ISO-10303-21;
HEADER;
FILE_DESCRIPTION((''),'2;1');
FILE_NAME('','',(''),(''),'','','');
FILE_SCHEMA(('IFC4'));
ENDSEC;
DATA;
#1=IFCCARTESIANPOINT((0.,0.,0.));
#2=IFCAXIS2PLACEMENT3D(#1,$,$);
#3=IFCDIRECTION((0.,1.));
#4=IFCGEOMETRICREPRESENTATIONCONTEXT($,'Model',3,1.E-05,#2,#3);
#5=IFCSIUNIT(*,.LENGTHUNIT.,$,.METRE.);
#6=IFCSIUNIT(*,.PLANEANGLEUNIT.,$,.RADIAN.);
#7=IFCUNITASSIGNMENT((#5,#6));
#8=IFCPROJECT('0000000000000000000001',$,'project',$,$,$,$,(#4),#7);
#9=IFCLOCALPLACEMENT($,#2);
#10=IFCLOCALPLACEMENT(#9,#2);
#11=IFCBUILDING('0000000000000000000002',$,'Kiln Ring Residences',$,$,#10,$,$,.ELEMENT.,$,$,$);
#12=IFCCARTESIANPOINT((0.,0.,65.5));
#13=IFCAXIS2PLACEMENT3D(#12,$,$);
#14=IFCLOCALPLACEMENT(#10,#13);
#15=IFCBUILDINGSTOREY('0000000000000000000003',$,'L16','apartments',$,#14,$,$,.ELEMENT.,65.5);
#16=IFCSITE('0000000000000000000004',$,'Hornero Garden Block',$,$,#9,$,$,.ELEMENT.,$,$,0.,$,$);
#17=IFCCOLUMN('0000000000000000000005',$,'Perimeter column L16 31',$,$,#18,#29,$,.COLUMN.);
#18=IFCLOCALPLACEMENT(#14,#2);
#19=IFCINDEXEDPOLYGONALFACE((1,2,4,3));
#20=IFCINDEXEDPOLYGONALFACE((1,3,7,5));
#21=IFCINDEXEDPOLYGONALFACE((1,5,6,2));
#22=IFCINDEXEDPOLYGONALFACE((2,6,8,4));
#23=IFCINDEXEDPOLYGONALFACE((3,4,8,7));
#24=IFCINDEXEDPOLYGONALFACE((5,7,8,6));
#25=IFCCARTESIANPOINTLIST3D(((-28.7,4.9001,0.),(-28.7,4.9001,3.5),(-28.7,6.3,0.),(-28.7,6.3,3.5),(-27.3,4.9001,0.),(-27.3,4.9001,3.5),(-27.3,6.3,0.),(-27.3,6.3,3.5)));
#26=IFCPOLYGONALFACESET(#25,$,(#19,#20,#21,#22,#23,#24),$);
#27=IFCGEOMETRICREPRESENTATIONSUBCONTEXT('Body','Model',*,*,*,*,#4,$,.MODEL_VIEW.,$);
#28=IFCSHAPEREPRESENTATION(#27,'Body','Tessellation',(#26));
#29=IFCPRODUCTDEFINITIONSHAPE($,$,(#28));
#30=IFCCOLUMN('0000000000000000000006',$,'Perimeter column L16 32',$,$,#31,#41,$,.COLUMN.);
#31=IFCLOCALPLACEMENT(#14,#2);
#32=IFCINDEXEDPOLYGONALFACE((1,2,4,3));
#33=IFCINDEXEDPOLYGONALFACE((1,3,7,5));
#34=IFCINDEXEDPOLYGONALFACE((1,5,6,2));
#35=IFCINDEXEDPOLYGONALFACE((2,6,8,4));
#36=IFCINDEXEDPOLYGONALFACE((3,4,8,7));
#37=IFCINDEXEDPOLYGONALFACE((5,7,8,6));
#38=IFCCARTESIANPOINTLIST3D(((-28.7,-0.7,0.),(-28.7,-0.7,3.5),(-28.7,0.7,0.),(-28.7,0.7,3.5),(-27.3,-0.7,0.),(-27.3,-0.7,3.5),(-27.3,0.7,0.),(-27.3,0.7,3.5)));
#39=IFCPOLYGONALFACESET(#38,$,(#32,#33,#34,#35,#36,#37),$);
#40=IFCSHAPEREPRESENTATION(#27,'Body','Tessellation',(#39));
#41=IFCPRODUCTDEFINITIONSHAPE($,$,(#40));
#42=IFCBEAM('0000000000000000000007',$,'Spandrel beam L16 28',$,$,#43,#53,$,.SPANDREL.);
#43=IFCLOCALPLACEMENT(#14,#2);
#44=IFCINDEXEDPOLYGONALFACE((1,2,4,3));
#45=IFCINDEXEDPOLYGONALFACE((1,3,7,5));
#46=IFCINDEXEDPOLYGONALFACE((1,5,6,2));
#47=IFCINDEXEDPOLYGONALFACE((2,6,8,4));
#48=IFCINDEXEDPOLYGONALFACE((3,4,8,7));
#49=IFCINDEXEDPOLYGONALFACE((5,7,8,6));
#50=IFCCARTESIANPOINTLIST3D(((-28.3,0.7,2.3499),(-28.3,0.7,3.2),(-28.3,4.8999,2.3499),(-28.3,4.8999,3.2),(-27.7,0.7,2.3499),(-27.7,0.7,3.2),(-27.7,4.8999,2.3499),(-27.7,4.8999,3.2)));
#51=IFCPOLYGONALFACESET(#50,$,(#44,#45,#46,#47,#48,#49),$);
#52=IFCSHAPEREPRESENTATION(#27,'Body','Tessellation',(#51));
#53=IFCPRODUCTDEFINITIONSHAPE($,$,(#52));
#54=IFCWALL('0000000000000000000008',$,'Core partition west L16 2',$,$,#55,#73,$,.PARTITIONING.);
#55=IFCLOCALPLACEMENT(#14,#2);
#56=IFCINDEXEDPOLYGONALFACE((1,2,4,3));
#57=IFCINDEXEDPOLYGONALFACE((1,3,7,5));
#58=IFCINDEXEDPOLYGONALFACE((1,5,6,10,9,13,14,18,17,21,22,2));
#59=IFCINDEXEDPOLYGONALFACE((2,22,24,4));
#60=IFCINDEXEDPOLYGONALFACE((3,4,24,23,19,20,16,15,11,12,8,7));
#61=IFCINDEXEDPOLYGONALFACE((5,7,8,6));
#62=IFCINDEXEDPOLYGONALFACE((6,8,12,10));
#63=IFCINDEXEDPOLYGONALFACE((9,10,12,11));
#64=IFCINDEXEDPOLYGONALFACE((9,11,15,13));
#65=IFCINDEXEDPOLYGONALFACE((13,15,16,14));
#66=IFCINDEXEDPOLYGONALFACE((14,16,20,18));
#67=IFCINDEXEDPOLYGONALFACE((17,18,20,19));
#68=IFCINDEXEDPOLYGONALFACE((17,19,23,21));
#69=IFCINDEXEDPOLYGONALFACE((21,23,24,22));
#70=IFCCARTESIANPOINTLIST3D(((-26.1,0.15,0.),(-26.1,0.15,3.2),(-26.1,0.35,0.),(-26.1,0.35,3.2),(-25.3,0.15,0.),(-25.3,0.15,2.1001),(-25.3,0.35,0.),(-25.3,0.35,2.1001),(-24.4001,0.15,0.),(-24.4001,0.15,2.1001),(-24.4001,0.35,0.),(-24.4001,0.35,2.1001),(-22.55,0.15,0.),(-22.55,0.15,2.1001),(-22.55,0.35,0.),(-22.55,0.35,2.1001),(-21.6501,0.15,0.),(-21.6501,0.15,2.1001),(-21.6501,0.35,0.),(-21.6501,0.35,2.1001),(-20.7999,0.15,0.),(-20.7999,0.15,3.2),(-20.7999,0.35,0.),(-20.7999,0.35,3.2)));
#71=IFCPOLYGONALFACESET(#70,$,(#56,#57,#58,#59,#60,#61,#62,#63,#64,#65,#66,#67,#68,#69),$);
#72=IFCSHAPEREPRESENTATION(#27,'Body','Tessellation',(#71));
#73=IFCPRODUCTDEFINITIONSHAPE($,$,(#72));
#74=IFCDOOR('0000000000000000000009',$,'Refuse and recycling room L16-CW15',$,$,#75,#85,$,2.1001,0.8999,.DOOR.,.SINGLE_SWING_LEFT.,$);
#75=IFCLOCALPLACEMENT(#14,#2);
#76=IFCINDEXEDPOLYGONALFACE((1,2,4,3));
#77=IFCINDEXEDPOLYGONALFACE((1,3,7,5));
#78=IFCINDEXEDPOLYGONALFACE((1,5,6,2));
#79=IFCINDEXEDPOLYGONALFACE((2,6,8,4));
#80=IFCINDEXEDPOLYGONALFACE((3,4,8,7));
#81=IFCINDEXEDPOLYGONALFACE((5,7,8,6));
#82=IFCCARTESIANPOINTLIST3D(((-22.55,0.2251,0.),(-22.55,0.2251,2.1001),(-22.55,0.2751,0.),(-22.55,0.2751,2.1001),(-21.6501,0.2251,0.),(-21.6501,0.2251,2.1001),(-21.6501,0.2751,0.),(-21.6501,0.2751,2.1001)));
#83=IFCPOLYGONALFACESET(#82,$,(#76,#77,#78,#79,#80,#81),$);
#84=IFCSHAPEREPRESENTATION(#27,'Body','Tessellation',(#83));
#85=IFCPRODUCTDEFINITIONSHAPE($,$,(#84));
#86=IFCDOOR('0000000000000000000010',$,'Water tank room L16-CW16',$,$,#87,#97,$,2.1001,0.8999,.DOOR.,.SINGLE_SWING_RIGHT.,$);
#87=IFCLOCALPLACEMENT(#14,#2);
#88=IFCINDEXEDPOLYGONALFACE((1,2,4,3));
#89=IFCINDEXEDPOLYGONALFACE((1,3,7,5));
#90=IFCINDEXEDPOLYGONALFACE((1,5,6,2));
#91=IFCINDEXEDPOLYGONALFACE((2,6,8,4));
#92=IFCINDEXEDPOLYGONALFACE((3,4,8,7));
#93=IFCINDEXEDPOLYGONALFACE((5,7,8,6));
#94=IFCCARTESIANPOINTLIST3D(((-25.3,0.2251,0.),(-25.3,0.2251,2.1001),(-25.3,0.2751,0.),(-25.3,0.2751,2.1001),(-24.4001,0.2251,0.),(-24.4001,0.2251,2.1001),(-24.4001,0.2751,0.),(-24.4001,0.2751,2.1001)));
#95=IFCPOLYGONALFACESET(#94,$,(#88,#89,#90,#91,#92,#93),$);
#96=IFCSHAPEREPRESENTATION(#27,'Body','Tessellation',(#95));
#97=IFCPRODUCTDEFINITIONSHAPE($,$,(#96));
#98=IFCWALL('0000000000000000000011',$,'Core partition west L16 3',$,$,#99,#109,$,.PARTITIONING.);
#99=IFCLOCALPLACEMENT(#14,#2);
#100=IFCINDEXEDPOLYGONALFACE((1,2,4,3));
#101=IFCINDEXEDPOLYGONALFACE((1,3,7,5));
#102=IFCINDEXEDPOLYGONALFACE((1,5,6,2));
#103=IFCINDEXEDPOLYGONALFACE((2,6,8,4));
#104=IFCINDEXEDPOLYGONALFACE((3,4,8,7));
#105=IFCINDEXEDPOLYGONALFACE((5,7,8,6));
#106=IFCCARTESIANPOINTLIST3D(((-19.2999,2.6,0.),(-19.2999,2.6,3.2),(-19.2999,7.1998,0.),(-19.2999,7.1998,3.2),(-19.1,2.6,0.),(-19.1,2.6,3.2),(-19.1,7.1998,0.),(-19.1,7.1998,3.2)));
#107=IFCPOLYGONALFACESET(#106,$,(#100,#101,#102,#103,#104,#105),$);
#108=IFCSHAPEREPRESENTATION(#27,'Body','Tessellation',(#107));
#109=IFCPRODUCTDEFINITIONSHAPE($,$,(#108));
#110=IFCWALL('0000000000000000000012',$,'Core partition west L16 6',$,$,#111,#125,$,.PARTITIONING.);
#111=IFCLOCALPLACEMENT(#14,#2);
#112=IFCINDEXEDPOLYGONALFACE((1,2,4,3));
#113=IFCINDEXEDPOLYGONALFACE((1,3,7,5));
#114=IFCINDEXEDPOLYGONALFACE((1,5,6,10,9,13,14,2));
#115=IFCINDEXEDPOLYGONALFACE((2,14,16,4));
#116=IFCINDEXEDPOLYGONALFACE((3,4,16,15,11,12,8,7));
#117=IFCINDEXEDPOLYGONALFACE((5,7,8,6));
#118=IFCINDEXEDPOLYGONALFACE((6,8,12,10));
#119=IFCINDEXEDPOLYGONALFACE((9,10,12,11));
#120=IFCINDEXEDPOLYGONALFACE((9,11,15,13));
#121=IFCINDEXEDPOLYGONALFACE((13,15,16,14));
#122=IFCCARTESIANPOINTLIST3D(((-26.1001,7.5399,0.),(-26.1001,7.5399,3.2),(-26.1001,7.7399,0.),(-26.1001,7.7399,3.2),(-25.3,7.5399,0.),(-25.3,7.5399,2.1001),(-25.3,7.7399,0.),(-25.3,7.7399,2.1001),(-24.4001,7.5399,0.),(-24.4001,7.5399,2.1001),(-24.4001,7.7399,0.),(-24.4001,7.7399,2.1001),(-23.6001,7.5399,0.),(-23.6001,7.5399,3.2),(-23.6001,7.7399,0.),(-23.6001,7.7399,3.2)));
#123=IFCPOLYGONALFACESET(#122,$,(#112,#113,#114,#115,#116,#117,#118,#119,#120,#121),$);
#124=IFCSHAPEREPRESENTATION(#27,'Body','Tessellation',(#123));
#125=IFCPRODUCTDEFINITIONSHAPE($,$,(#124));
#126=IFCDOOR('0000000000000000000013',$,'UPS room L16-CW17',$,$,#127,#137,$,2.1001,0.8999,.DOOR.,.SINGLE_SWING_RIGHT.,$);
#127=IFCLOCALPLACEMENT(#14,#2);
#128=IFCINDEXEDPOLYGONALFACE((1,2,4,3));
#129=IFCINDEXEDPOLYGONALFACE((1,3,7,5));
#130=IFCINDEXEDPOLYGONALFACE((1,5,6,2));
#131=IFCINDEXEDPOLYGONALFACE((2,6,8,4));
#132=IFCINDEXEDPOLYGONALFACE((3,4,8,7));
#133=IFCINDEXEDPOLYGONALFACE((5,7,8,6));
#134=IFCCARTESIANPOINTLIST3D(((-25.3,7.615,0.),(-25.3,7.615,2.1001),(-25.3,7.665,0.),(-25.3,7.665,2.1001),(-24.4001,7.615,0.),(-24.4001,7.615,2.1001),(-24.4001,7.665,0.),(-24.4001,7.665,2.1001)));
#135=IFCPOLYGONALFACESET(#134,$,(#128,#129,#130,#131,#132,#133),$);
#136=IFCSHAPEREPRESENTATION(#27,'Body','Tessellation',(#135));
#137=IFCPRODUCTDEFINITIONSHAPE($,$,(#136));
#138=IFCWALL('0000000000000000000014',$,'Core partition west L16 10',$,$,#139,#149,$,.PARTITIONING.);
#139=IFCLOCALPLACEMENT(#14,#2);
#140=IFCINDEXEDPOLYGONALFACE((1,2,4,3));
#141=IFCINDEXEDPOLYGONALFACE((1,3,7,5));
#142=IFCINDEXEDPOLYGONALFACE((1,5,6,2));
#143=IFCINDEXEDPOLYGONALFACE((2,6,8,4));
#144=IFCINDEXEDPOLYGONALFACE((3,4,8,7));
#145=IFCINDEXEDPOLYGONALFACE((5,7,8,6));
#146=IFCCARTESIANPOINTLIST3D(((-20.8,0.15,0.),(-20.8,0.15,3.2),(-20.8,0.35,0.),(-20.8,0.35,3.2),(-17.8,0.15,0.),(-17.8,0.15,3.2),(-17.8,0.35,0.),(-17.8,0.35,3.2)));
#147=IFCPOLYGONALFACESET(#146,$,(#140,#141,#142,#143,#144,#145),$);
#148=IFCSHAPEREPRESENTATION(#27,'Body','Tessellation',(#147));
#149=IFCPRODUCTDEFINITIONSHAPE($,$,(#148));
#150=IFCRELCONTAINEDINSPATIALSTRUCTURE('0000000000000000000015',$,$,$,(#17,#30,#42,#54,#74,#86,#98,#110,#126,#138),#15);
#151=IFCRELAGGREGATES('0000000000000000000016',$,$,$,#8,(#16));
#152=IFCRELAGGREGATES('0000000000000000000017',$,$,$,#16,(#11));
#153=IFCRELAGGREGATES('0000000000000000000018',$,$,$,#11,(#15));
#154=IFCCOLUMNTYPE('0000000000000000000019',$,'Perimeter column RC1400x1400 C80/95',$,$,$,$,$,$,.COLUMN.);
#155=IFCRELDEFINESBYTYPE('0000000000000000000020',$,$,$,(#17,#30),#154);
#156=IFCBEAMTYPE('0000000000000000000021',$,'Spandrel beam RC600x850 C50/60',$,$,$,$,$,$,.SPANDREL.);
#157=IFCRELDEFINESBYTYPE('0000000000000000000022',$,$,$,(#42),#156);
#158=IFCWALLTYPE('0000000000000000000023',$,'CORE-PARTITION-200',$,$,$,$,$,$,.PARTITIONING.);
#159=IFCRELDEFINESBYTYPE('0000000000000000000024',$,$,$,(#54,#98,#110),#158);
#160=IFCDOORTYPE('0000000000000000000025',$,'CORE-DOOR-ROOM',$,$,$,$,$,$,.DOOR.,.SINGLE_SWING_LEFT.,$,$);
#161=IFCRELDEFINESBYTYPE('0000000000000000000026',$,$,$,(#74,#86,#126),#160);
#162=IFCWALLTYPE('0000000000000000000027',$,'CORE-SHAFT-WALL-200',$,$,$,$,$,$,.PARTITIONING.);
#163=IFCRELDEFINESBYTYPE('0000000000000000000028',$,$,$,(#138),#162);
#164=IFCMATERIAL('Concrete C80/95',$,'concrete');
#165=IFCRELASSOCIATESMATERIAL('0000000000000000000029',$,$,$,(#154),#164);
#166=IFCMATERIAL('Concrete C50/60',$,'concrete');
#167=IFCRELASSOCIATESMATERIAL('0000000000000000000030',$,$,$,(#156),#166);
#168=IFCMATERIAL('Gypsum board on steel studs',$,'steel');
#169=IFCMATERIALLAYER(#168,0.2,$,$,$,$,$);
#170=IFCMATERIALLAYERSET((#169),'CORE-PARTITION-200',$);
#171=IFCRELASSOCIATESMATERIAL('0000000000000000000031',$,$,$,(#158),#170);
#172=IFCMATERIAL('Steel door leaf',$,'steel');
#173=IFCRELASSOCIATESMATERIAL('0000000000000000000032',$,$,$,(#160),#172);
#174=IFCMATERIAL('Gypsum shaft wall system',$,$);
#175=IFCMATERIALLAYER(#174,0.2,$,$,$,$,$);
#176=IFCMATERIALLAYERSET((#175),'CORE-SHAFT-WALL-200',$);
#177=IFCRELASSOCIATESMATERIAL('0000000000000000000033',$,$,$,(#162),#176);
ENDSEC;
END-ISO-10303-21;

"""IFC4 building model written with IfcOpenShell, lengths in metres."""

from ifc_helpers import new_model, si_unit, direction, frame, frame_2d, origin, origin_2d, place, context, subcontext, project, spatial, rectangle, extrude, material, layer, layer_set, material_profile, profile_set, type_object, element, fill, save


model = new_model("IFC4")

# Units and contexts
model_context = context("Model", 3, precision=1e-05, world=origin(), true_north=direction((0.0, 1.0)))
body_context = subcontext(model_context, "Body", "Model", "MODEL_VIEW")
ifc_project = project(units=[si_unit("LENGTHUNIT", "METRE"), si_unit("PLANEANGLEUNIT", "RADIAN")], contexts=[model_context])

# Site, building, storey
site_placement = place(None, origin())
site = spatial("IfcSite", under=ifc_project, at=site_placement, Name="Hornero Garden Block", CompositionType="ELEMENT", RefElevation=0.0)
building_placement = place(site_placement, origin())
building = spatial("IfcBuilding", under=site, at=building_placement, Name="Kiln Ring Residences", CompositionType="ELEMENT")
storey_placement = place(building_placement, frame((0.0, 0.0, 65.5)))
storey = spatial("IfcBuildingStorey", under=building, at=storey_placement, Name="L16", Description="apartments", CompositionType="ELEMENT", Elevation=65.5)

# Columns
ifc_material_1 = material(Name="Concrete C80/95", Category="concrete")
ifc_material_profile_1 = material_profile(ifc_material_1, rectangle(XDim=1.3999, YDim=1.3999, at=origin_2d()), Name="RC1400x1400")
ifc_profile_set_1 = profile_set([ifc_material_profile_1], Name="Concrete C80/95")
column_type = type_object("IfcColumnType", Name="Perimeter column RC1400x1400 C80/95", PredefinedType="COLUMN", material=ifc_profile_set_1)
for number, where, z_axis, x_axis, name in (
    (1, (-28.0, 5.6001, 0.0), (0.0, 0.0, 1.0), (1.0, 0.0, 0.0), "Perimeter column L16 31"),
    (2, (-28.0, 0.0, 0.0), (0.0, 0.0, 1.0), (1.0, 0.0, 0.0), "Perimeter column L16 32"),
):
    element("IfcColumn", number, at=place(storey_placement, frame(where, z_axis=z_axis, x_axis=x_axis)), inside=storey, type_object=column_type, Name=name, PredefinedType="COLUMN", context=body_context, shape_type="SweptSolid", body=[
        extrude(rectangle(XDim=1.3999, YDim=1.3999, at=origin_2d()), origin(), (0.0, 0.0, 1.0), 3.5),
    ])

# Beam
ifc_material_2 = material(Name="Concrete C50/60", Category="concrete")
ifc_material_profile_2 = material_profile(ifc_material_2, rectangle(XDim=0.6001, YDim=0.8501, at=origin_2d()), Name="RC600x850")
ifc_profile_set_2 = profile_set([ifc_material_profile_2], Name="Concrete C50/60")
beam_type = type_object("IfcBeamType", Name="Spandrel beam RC600x850 C50/60", PredefinedType="SPANDREL", material=ifc_profile_set_2)
beam_placement = place(storey_placement, frame((-28.0, 4.8999, 2.7749), z_axis=(0.0, -1.0, 0.0), x_axis=(1.0, 0.0, 0.0)))
element("IfcBeam", 3, at=beam_placement, inside=storey, type_object=beam_type, Name="Spandrel beam L16 28", PredefinedType="SPANDREL", context=body_context, shape_type="SweptSolid", body=[
    extrude(rectangle(XDim=0.6001, YDim=0.8501, at=origin_2d()), origin(), (0.0, 0.0, 1.0), 4.2),
])

# Wall, openings, doors
ifc_material_3 = material(Name="Gypsum board on steel studs", Category="steel")
ifc_layer_1 = layer(ifc_material_3, 0.2)
ifc_layer_set_1 = layer_set([ifc_layer_1], Name="CORE-PARTITION-200")
wall_type_1 = type_object("IfcWallType", Name="CORE-PARTITION-200", PredefinedType="PARTITIONING", material=ifc_layer_set_1)
wall_1_placement = place(storey_placement, frame((-20.8, 0.25, 0.0), z_axis=(0.0, 0.0, 1.0), x_axis=(-1.0, 0.0, 0.0)))
wall_1 = element("IfcWall", 4, at=wall_1_placement, inside=storey, type_object=wall_type_1, Name="Core partition west L16 2", PredefinedType="PARTITIONING", context=body_context, shape_type="SweptSolid", body=[
    extrude(rectangle(XDim=5.3, YDim=0.2, at=frame_2d((2.6499, 0.0))), origin(), (0.0, 0.0, 1.0), 3.2),
])
opening_1_placement = place(wall_1_placement, frame((0.8501, 0.0, 0.0)))
opening_1 = element("IfcOpeningElement", 5, at=opening_1_placement, cuts=wall_1, PredefinedType="OPENING", context=body_context, shape_type="SweptSolid", body=[
    extrude(rectangle(XDim=0.8999, YDim=2.1001, at=frame_2d((0.45, 1.05))), frame((0.0, 0.1099, 0.0), z_axis=(0.0, -1.0, 0.0), x_axis=(1.0, 0.0, 0.0)), (0.0, 0.0, 1.0), 0.22),
])
opening_2_placement = place(wall_1_placement, frame((3.6001, 0.0, 0.0)))
opening_2 = element("IfcOpeningElement", 6, at=opening_2_placement, cuts=wall_1, PredefinedType="OPENING", context=body_context, shape_type="SweptSolid", body=[
    extrude(rectangle(XDim=0.8999, YDim=2.1001, at=frame_2d((0.45, 1.05))), frame((0.0, 0.1099, 0.0), z_axis=(0.0, -1.0, 0.0), x_axis=(1.0, 0.0, 0.0)), (0.0, 0.0, 1.0), 0.22),
])
ifc_material_4 = material(Name="Steel door leaf", Category="steel")
door_type = type_object("IfcDoorType", Name="CORE-DOOR-ROOM", OperationType="SINGLE_SWING_LEFT", PredefinedType="DOOR", material=ifc_material_4)
door_1_placement = place(opening_1_placement, origin())
door_1 = element("IfcDoor", 7, at=door_1_placement, inside=storey, type_object=door_type, Name="Refuse and recycling room L16-CW15", OperationType="SINGLE_SWING_LEFT", OverallHeight=2.1001, OverallWidth=0.8999, PredefinedType="DOOR", context=body_context, shape_type="SweptSolid", body=[
    extrude(rectangle(XDim=0.8999, YDim=2.1001, at=frame_2d((0.45, 1.05))), frame((0.0, 0.0249, 0.0), z_axis=(0.0, -1.0, 0.0), x_axis=(1.0, 0.0, 0.0)), (0.0, 0.0, 1.0), 0.05),
])
fill(opening_1, door_1)
door_2_placement = place(opening_2_placement, origin())
door_2 = element("IfcDoor", 8, at=door_2_placement, inside=storey, type_object=door_type, Name="Water tank room L16-CW16", OperationType="SINGLE_SWING_RIGHT", OverallHeight=2.1001, OverallWidth=0.8999, PredefinedType="DOOR", context=body_context, shape_type="SweptSolid", body=[
    extrude(rectangle(XDim=0.8999, YDim=2.1001, at=frame_2d((0.45, 1.05))), frame((0.0, 0.0249, 0.0), z_axis=(0.0, -1.0, 0.0), x_axis=(1.0, 0.0, 0.0)), (0.0, 0.0, 1.0), 0.05),
])
fill(opening_2, door_2)

# Wall
wall_2_placement = place(storey_placement, frame((-19.2, 2.6001, 0.0), z_axis=(0.0, 0.0, 1.0), x_axis=(0.0, 1.0, 0.0)))
element("IfcWall", 9, at=wall_2_placement, inside=storey, type_object=wall_type_1, Name="Core partition west L16 3", PredefinedType="PARTITIONING", context=body_context, shape_type="SweptSolid", body=[
    extrude(rectangle(XDim=4.5999, YDim=0.2, at=frame_2d((2.2998, 0.0))), origin(), (0.0, 0.0, 1.0), 3.2),
])

# Wall, opening, door
wall_3_placement = place(storey_placement, frame((-23.6001, 7.6399, 0.0), z_axis=(0.0, 0.0, 1.0), x_axis=(-1.0, 0.0, 0.0)))
wall_3 = element("IfcWall", 10, at=wall_3_placement, inside=storey, type_object=wall_type_1, Name="Core partition west L16 6", PredefinedType="PARTITIONING", context=body_context, shape_type="SweptSolid", body=[
    extrude(rectangle(XDim=2.5, YDim=0.2, at=frame_2d((1.25, 0.0))), origin(), (0.0, 0.0, 1.0), 3.2),
])
opening_3_placement = place(wall_3_placement, frame((0.8, 0.0, 0.0)))
opening_3 = element("IfcOpeningElement", 11, at=opening_3_placement, cuts=wall_3, PredefinedType="OPENING", context=body_context, shape_type="SweptSolid", body=[
    extrude(rectangle(XDim=0.8999, YDim=2.1001, at=frame_2d((0.45, 1.05))), frame((0.0, 0.1099, 0.0), z_axis=(0.0, -1.0, 0.0), x_axis=(1.0, 0.0, 0.0)), (0.0, 0.0, 1.0), 0.22),
])
door_3_placement = place(opening_3_placement, origin())
door_3 = element("IfcDoor", 12, at=door_3_placement, inside=storey, type_object=door_type, Name="UPS room L16-CW17", OperationType="SINGLE_SWING_RIGHT", OverallHeight=2.1001, OverallWidth=0.8999, PredefinedType="DOOR", context=body_context, shape_type="SweptSolid", body=[
    extrude(rectangle(XDim=0.8999, YDim=2.1001, at=frame_2d((0.45, 1.05))), frame((0.0, 0.0249, 0.0), z_axis=(0.0, -1.0, 0.0), x_axis=(1.0, 0.0, 0.0)), (0.0, 0.0, 1.0), 0.05),
])
fill(opening_3, door_3)

# Wall
ifc_material_5 = material(Name="Gypsum shaft wall system")
ifc_layer_2 = layer(ifc_material_5, 0.2)
ifc_layer_set_2 = layer_set([ifc_layer_2], Name="CORE-SHAFT-WALL-200")
wall_type_2 = type_object("IfcWallType", Name="CORE-SHAFT-WALL-200", PredefinedType="PARTITIONING", material=ifc_layer_set_2)
wall_4_placement = place(storey_placement, frame((-17.8, 0.25, 0.0), z_axis=(0.0, 0.0, 1.0), x_axis=(-1.0, 0.0, 0.0)))
element("IfcWall", 13, at=wall_4_placement, inside=storey, type_object=wall_type_2, Name="Core partition west L16 10", PredefinedType="PARTITIONING", context=body_context, shape_type="SweptSolid", body=[
    extrude(rectangle(XDim=3.0, YDim=0.2, at=frame_2d((1.5, 0.0))), origin(), (0.0, 0.0, 1.0), 3.2),
])

save(model, "model.ifc")
